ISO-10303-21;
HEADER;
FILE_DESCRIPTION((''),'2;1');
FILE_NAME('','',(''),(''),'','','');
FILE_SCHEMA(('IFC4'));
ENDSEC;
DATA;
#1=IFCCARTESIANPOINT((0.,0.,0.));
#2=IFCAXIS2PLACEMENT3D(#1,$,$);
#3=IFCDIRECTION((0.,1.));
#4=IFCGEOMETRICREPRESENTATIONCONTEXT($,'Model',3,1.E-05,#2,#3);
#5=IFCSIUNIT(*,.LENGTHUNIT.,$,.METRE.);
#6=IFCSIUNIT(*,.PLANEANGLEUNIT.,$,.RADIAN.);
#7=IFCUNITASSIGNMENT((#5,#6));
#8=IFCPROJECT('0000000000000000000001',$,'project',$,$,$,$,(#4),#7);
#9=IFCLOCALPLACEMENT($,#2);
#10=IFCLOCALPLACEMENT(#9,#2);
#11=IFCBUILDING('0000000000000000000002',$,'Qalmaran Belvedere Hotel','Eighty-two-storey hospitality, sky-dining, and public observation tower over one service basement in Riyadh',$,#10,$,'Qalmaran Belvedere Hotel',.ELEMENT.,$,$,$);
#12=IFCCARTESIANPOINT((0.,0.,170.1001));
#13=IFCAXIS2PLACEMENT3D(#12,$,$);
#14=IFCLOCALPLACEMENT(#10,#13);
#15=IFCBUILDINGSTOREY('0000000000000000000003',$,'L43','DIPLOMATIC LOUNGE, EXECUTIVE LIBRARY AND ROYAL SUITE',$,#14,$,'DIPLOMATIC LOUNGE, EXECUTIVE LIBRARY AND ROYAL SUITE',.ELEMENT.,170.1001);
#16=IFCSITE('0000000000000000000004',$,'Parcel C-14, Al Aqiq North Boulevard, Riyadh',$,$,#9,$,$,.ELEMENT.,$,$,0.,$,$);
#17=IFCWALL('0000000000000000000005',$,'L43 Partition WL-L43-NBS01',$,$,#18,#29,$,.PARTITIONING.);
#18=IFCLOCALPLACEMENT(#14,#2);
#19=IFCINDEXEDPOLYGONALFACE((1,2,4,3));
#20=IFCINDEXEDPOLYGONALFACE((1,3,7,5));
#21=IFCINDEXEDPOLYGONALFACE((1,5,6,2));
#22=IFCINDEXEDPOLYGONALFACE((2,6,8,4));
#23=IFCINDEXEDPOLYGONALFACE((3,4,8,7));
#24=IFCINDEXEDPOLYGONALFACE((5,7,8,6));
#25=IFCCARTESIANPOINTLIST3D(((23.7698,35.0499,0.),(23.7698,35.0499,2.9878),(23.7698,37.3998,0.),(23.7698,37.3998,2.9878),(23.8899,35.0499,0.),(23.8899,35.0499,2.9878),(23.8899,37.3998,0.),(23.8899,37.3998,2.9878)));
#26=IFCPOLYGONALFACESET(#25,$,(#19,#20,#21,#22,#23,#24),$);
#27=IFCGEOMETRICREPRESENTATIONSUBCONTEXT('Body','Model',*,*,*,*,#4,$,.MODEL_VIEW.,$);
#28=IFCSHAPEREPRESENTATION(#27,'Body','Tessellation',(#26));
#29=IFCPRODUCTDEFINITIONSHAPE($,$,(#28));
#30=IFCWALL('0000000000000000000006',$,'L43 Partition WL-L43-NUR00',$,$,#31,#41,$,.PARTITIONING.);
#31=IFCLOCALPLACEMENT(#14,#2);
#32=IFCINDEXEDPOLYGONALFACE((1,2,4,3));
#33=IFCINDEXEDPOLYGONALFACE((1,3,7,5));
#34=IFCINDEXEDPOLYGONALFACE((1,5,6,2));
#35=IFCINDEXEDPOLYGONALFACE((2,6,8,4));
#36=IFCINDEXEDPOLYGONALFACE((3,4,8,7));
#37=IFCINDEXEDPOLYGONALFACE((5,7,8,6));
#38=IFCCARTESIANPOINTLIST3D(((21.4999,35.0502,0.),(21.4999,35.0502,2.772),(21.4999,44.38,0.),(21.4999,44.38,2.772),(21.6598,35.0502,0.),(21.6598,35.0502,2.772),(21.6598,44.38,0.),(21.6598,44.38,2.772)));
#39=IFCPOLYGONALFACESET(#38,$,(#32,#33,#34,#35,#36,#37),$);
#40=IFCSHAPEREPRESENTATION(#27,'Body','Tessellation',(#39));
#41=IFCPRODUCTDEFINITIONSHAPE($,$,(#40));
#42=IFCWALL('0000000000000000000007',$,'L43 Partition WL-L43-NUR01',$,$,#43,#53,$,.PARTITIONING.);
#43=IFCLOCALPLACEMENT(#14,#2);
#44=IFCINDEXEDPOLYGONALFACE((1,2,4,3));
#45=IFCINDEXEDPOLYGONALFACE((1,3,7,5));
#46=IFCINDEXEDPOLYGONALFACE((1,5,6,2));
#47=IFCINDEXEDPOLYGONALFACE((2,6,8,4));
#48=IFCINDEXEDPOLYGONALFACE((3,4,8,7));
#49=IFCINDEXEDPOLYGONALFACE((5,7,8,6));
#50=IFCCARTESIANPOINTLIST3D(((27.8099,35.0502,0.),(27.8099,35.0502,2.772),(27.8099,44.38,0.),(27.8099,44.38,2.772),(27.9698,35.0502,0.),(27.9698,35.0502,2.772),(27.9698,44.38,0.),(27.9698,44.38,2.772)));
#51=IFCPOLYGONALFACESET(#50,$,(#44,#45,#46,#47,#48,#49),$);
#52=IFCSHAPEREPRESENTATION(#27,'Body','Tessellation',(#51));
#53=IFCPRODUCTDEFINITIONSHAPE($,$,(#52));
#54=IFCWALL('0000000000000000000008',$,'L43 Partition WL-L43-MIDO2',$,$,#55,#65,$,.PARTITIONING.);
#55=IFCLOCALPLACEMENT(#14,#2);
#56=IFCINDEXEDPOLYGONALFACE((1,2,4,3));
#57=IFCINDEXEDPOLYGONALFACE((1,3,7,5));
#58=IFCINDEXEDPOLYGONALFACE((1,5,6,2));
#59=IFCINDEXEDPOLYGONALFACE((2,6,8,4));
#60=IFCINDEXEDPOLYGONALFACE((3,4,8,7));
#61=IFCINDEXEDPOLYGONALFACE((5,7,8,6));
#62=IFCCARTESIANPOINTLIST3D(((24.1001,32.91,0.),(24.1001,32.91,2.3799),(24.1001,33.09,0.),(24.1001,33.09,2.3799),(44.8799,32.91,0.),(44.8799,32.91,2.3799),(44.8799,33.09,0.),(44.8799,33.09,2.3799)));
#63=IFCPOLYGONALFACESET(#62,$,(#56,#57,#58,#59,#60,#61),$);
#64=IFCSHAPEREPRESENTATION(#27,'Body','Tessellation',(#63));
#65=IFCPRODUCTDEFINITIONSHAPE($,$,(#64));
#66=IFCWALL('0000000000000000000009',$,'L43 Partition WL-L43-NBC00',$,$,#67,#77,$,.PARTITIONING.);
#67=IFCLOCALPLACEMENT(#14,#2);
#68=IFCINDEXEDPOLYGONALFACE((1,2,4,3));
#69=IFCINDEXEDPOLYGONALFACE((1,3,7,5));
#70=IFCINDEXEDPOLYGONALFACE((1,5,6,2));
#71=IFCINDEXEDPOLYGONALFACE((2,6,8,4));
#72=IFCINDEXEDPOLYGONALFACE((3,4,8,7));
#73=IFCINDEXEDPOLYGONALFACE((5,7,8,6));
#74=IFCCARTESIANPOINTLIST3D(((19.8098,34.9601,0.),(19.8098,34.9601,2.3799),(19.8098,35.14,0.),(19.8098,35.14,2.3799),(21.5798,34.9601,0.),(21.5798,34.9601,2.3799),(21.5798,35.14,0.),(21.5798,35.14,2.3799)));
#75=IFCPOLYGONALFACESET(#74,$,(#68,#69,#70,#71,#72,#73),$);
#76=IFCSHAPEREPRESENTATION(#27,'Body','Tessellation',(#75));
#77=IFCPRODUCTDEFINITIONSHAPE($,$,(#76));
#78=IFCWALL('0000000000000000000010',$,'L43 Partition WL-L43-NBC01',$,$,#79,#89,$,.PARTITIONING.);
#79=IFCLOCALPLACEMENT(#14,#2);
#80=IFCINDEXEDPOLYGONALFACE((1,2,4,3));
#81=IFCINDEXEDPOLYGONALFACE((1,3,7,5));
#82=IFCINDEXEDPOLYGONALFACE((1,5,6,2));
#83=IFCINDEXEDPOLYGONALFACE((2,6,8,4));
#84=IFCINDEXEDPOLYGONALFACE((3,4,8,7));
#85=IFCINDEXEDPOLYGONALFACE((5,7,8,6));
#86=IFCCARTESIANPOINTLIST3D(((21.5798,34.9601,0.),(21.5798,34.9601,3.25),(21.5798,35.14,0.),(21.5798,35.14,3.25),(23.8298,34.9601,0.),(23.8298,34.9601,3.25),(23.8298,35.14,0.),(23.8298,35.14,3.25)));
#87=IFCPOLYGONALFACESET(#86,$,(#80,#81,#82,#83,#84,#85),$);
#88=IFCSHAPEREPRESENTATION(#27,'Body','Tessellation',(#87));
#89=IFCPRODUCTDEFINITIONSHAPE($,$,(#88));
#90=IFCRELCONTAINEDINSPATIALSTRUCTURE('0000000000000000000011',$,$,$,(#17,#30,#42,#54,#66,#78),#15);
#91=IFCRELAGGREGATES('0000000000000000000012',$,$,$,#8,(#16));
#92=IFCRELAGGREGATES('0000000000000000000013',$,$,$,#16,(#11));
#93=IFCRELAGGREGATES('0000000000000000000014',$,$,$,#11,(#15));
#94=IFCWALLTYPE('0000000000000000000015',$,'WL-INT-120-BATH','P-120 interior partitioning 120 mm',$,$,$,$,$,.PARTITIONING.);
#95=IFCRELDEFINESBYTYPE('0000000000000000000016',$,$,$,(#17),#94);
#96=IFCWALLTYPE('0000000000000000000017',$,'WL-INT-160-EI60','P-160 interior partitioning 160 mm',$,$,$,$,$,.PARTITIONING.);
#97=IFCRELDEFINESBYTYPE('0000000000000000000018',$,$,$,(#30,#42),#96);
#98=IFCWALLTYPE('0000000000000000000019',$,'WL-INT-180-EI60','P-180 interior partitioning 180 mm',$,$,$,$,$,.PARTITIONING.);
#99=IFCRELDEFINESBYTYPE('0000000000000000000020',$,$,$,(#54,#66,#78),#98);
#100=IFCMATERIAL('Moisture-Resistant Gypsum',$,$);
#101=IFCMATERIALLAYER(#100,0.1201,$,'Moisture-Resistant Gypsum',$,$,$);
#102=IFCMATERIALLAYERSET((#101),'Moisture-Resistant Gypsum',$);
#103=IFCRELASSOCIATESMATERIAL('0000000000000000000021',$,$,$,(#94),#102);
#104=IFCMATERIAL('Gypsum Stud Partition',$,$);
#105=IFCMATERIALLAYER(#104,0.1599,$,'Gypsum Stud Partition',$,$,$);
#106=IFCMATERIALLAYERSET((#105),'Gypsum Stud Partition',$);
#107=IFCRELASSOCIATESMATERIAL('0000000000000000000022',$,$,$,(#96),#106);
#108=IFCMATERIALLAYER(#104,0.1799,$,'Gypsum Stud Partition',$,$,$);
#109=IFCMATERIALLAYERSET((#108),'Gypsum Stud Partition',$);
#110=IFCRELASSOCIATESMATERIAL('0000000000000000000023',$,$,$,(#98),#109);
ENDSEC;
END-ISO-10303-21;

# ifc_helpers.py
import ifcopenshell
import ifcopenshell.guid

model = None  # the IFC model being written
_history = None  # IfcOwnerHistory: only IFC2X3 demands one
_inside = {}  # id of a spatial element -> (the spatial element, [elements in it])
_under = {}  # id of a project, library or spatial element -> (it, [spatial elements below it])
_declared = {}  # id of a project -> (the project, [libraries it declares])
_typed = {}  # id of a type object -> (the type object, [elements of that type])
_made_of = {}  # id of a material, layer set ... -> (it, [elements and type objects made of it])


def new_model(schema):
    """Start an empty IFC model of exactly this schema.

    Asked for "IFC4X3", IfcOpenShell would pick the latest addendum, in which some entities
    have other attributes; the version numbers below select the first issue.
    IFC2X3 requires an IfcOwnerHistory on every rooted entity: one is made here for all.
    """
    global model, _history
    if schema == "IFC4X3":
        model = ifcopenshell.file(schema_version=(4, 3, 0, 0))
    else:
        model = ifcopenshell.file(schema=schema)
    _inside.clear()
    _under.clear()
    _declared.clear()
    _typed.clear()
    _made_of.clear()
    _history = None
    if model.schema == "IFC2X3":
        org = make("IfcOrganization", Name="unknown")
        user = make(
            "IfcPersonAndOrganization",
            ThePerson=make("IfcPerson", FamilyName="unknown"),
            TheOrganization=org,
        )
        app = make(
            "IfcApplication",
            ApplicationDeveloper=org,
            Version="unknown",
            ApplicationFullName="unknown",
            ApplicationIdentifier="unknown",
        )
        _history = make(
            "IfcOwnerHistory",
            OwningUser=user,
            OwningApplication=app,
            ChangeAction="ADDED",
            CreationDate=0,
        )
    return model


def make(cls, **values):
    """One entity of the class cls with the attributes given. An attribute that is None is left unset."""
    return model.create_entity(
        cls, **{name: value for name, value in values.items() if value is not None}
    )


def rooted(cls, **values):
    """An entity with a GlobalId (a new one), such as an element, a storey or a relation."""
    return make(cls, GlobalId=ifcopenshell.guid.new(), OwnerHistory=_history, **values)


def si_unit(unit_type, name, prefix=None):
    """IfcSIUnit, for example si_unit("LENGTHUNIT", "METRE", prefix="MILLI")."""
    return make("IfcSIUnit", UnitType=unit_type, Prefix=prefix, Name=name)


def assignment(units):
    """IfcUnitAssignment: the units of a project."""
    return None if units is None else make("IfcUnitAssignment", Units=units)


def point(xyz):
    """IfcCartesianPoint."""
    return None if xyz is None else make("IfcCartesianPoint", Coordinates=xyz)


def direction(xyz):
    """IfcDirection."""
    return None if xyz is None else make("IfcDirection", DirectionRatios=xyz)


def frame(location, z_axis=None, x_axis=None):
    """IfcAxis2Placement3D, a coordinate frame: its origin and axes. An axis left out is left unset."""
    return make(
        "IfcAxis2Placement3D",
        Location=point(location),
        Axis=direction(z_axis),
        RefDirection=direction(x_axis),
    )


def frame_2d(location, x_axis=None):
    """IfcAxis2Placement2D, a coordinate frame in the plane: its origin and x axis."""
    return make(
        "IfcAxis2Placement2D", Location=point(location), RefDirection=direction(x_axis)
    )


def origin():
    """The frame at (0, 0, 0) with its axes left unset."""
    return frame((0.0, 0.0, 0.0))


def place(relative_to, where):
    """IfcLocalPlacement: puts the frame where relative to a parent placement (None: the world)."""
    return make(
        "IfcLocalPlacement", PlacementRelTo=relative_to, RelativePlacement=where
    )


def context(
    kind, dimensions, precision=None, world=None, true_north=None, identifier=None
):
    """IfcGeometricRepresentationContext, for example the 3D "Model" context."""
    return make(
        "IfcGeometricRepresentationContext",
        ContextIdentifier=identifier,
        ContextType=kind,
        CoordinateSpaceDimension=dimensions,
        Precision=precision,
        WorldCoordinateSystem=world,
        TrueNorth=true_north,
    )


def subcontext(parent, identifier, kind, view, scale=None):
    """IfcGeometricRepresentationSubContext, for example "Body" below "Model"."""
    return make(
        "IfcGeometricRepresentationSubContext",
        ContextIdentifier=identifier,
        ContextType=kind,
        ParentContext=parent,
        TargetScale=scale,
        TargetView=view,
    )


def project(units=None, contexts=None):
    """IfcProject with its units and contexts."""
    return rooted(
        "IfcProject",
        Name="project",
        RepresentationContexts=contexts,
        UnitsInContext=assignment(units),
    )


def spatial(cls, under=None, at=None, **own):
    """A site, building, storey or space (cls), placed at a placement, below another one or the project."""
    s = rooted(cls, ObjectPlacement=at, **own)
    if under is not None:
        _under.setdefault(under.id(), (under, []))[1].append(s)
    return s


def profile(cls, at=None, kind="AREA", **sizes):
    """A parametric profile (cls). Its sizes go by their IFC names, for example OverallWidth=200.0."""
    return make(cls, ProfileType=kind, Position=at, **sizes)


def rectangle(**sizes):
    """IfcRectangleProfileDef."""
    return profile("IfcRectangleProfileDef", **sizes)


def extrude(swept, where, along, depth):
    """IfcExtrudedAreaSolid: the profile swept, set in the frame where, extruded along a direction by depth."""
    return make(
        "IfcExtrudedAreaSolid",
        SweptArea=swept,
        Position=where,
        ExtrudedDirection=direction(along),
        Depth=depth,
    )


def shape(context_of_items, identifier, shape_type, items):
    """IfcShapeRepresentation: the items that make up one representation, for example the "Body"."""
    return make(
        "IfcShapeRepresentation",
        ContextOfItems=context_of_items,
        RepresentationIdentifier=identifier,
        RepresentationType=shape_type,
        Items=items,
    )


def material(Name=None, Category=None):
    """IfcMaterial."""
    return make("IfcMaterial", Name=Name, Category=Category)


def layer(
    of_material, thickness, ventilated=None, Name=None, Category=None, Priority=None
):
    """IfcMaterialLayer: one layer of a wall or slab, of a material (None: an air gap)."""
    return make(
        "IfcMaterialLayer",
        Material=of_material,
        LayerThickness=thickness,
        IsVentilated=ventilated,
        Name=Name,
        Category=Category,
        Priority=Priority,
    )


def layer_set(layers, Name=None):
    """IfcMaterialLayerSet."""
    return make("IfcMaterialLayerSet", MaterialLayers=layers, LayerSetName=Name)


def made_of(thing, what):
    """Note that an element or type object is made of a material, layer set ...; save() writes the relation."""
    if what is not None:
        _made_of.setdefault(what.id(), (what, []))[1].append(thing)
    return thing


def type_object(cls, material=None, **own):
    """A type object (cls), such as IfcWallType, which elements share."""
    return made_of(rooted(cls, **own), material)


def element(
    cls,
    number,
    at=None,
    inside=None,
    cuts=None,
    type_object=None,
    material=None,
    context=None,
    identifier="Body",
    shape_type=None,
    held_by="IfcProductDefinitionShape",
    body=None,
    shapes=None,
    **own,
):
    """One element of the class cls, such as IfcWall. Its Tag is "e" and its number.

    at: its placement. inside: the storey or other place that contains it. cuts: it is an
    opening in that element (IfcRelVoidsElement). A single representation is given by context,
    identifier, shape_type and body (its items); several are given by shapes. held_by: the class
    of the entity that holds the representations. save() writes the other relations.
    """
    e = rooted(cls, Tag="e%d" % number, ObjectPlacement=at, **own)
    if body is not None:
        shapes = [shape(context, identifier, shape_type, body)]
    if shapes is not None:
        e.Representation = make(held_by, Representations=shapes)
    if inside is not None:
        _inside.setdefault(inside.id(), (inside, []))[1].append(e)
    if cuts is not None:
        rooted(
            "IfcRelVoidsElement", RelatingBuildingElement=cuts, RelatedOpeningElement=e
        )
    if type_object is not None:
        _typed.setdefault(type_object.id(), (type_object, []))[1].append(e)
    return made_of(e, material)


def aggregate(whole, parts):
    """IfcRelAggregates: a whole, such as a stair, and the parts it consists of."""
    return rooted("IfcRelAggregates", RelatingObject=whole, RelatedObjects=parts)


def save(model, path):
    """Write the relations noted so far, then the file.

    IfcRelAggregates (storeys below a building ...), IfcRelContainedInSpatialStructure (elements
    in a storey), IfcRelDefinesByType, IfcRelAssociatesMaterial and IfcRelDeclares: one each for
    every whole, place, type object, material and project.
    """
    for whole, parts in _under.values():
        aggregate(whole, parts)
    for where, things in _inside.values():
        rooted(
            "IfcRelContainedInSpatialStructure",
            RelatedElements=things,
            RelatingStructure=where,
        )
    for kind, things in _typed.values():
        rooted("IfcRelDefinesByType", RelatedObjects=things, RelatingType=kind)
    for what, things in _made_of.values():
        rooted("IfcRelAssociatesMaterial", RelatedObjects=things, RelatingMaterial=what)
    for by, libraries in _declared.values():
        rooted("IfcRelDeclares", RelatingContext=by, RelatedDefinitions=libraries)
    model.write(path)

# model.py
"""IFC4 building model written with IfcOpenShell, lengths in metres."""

from ifc_helpers import new_model, si_unit, direction, frame, frame_2d, origin, place, context, subcontext, project, spatial, rectangle, extrude, material, layer, layer_set, type_object, element, save


model = new_model("IFC4")

# Units and contexts
model_context = context("Model", 3, precision=1e-05, world=origin(), true_north=direction((0.0, 1.0)))
body_context = subcontext(model_context, "Body", "Model", "MODEL_VIEW")
ifc_project = project(units=[si_unit("LENGTHUNIT", "METRE"), si_unit("PLANEANGLEUNIT", "RADIAN")], contexts=[model_context])

# Site, building, storey
site_placement = place(None, origin())
site = spatial("IfcSite", under=ifc_project, at=site_placement, Name="Parcel C-14, Al Aqiq North Boulevard, Riyadh", CompositionType="ELEMENT", RefElevation=0.0)
building_placement = place(site_placement, origin())
building = spatial("IfcBuilding", under=site, at=building_placement, Name="Qalmaran Belvedere Hotel", Description="Eighty-two-storey hospitality, sky-dining, and public observation tower over one service basement in Riyadh", LongName="Qalmaran Belvedere Hotel", CompositionType="ELEMENT")
storey_placement = place(building_placement, frame((0.0, 0.0, 170.1001)))
storey = spatial("IfcBuildingStorey", under=building, at=storey_placement, Name="L43", Description="DIPLOMATIC LOUNGE, EXECUTIVE LIBRARY AND ROYAL SUITE", LongName="DIPLOMATIC LOUNGE, EXECUTIVE LIBRARY AND ROYAL SUITE", CompositionType="ELEMENT", Elevation=170.1001)

# Shared definitions
ifc_material_1 = material(Name="Moisture-Resistant Gypsum")
ifc_layer_1 = layer(ifc_material_1, 0.1201, Name="Moisture-Resistant Gypsum")
ifc_layer_set_1 = layer_set([ifc_layer_1], Name="Moisture-Resistant Gypsum")
wall_type_1 = type_object("IfcWallType", Name="WL-INT-120-BATH", Description="P-120 interior partitioning 120 mm", PredefinedType="PARTITIONING", material=ifc_layer_set_1)

# Walls
wall_1_placement = place(storey_placement, frame((23.8298, 35.05, 0.0), z_axis=(0.0, 0.0, 1.0), x_axis=(0.0, 1.0, 0.0)))
element("IfcWall", 1, at=wall_1_placement, inside=storey, type_object=wall_type_1, Name="L43 Partition WL-L43-NBS01", PredefinedType="PARTITIONING", context=body_context, shape_type="SweptSolid", body=[
    extrude(rectangle(XDim=2.3499, YDim=0.1201, at=frame_2d((1.1748, 0.0))), origin(), (0.0, 0.0, 1.0), 2.9878),
])
ifc_material_2 = material(Name="Gypsum Stud Partition")
ifc_layer_2 = layer(ifc_material_2, 0.1599, Name="Gypsum Stud Partition")
ifc_layer_set_2 = layer_set([ifc_layer_2], Name="Gypsum Stud Partition")
wall_type_2 = type_object("IfcWallType", Name="WL-INT-160-EI60", Description="P-160 interior partitioning 160 mm", PredefinedType="PARTITIONING", material=ifc_layer_set_2)
for number, where, z_axis, x_axis, name in (
    (2, (21.5798, 35.05, 0.0), (0.0, 0.0, 1.0), (0.0, 1.0, 0.0), "L43 Partition WL-L43-NUR00"),
    (3, (27.8899, 35.05, 0.0), (0.0, 0.0, 1.0), (0.0, 1.0, 0.0), "L43 Partition WL-L43-NUR01"),
):
    element("IfcWall", number, at=place(storey_placement, frame(where, z_axis=z_axis, x_axis=x_axis)), inside=storey, type_object=wall_type_2, Name=name, PredefinedType="PARTITIONING", context=body_context, shape_type="SweptSolid", body=[
        extrude(rectangle(XDim=9.3298, YDim=0.1599, at=frame_2d((4.665, 0.0))), origin(), (0.0, 0.0, 1.0), 2.772),
    ])
ifc_layer_3 = layer(ifc_material_2, 0.1799, Name="Gypsum Stud Partition")
ifc_layer_set_3 = layer_set([ifc_layer_3], Name="Gypsum Stud Partition")
wall_type_3 = type_object("IfcWallType", Name="WL-INT-180-EI60", Description="P-180 interior partitioning 180 mm", PredefinedType="PARTITIONING", material=ifc_layer_set_3)
wall_2_placement = place(storey_placement, frame((24.1001, 33.0, 0.0), z_axis=(0.0, 0.0, 1.0), x_axis=(1.0, 0.0, 0.0)))
element("IfcWall", 4, at=wall_2_placement, inside=storey, type_object=wall_type_3, Name="L43 Partition WL-L43-MIDO2", PredefinedType="PARTITIONING", context=body_context, shape_type="SweptSolid", body=[
    extrude(rectangle(XDim=20.7798, YDim=0.1799, at=frame_2d((10.3899, 0.0))), origin(), (0.0, 0.0, 1.0), 2.3799),
])
wall_3_placement = place(storey_placement, frame((19.8098, 35.05, 0.0), z_axis=(0.0, 0.0, 1.0), x_axis=(1.0, 0.0, 0.0)))
element("IfcWall", 5, at=wall_3_placement, inside=storey, type_object=wall_type_3, Name="L43 Partition WL-L43-NBC00", PredefinedType="PARTITIONING", context=body_context, shape_type="SweptSolid", body=[
    extrude(rectangle(XDim=1.77, YDim=0.1799, at=frame_2d((0.885, 0.0))), origin(), (0.0, 0.0, 1.0), 2.3799),
])
wall_4_placement = place(storey_placement, frame((21.5798, 35.05, 0.0), z_axis=(0.0, 0.0, 1.0), x_axis=(1.0, 0.0, 0.0)))
element("IfcWall", 6, at=wall_4_placement, inside=storey, type_object=wall_type_3, Name="L43 Partition WL-L43-NBC01", PredefinedType="PARTITIONING", context=body_context, shape_type="SweptSolid", body=[
    extrude(rectangle(XDim=2.25, YDim=0.1799, at=frame_2d((1.125, 0.0))), origin(), (0.0, 0.0, 1.0), 3.25),
])

save(model, "model.ifc")
